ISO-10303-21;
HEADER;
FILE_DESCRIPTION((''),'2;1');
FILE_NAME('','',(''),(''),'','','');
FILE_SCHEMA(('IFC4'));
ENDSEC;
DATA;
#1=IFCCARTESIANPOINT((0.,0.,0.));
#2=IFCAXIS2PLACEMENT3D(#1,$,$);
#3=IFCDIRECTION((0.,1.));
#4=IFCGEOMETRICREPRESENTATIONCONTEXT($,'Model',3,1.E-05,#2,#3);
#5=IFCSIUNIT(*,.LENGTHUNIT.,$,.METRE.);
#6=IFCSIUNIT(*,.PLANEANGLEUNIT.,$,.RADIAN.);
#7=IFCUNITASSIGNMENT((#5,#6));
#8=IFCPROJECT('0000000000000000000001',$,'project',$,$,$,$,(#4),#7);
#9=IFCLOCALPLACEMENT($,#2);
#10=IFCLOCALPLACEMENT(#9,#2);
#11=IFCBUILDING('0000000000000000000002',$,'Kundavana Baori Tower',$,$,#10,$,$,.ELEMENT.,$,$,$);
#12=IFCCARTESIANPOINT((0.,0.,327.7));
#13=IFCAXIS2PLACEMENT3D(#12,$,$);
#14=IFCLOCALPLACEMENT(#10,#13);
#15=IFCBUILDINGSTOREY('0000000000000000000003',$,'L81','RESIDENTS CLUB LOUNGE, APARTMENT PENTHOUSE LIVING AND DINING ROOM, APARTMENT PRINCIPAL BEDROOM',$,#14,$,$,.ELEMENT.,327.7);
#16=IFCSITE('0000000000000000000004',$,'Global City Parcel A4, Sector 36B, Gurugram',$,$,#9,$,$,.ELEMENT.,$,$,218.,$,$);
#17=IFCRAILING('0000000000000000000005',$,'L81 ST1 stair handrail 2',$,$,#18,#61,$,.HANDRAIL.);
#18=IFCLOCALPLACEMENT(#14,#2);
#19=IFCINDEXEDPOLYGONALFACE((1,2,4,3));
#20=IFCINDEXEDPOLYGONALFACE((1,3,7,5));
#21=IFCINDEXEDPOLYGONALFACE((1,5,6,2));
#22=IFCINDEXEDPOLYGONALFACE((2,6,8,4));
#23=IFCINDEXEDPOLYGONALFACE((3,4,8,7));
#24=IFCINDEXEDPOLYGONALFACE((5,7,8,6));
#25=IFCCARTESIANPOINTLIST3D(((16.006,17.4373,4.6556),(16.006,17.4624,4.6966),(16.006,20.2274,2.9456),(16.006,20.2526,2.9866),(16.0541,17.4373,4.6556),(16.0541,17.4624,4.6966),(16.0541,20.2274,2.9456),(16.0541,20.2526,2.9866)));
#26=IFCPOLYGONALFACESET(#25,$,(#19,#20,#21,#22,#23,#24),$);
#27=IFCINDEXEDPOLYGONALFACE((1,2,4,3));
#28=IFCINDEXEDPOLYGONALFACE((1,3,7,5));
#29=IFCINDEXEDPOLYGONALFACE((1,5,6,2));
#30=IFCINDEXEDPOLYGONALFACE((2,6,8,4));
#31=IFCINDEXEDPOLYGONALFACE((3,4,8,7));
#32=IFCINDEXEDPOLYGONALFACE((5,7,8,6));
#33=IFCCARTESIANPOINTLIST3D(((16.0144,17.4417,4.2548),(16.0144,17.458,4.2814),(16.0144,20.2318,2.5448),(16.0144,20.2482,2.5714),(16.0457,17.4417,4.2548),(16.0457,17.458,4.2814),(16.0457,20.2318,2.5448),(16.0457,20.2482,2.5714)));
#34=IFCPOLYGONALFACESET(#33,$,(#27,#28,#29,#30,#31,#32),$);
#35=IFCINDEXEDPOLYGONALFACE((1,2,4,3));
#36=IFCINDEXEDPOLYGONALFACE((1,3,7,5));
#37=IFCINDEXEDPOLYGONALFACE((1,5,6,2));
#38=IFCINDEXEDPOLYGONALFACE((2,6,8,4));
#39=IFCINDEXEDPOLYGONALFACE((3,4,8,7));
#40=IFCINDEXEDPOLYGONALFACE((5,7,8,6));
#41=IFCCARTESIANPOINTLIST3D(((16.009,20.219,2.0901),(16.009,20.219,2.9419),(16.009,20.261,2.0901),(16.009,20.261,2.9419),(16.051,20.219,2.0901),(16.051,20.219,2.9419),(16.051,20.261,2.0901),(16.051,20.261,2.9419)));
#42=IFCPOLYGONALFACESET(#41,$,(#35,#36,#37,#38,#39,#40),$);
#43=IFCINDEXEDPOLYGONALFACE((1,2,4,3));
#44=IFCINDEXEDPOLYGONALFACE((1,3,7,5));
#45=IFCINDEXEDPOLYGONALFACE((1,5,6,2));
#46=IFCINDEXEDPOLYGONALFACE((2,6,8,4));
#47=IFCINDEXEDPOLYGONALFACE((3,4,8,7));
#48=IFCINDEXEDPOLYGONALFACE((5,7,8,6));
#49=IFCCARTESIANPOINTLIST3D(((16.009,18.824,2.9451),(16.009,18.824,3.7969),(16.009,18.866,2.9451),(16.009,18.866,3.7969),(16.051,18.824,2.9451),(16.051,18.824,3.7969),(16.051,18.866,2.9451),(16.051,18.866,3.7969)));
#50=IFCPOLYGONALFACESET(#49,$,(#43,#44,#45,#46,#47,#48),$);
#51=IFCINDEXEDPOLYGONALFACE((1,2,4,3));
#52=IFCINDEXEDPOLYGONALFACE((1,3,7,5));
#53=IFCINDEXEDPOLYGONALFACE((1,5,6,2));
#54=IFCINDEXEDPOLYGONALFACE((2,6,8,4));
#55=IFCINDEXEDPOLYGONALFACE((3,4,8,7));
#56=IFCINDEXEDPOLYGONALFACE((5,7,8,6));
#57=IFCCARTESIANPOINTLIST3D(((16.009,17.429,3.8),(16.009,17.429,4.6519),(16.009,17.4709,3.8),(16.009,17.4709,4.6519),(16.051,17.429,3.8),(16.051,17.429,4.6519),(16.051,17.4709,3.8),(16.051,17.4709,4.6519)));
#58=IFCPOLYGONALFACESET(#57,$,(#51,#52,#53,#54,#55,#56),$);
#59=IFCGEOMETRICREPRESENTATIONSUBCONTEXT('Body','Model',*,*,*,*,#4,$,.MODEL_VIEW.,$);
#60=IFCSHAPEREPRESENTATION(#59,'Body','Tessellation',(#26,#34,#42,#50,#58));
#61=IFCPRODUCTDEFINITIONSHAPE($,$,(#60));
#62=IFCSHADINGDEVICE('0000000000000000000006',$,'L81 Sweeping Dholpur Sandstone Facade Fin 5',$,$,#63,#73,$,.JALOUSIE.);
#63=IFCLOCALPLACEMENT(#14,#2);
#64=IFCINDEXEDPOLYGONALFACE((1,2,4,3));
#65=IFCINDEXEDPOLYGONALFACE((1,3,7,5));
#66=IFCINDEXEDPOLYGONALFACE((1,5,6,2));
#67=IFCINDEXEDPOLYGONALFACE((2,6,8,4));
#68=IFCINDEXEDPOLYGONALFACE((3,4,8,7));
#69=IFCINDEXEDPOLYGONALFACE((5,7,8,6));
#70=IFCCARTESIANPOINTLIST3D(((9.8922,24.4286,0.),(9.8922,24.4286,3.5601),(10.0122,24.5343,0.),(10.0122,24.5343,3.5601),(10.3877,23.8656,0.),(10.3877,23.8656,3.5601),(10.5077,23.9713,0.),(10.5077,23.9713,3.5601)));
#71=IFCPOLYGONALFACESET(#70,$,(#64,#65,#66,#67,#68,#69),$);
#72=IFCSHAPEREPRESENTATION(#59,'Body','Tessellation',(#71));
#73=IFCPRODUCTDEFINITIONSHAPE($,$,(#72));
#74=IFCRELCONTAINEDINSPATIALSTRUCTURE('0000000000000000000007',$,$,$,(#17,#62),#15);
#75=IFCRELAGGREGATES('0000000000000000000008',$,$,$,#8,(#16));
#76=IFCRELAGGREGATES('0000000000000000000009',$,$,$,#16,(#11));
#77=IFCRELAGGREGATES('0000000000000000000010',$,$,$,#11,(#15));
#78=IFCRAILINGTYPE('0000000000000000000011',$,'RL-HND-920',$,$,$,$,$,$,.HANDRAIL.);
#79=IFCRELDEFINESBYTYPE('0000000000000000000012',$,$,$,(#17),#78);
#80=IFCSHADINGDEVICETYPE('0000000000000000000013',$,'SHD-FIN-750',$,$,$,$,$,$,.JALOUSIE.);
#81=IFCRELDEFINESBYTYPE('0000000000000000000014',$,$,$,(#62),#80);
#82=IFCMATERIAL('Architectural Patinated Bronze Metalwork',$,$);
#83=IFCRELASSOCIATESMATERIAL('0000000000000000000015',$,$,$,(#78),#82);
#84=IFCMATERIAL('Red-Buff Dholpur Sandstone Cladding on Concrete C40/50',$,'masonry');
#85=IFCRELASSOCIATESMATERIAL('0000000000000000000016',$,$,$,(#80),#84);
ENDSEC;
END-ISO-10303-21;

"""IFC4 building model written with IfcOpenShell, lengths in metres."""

from ifc_helpers import new_model, si_unit, direction, frame, origin, origin_2d, place, context, subcontext, project, spatial, rectangle, extrude, material, type_object, element, save


model = new_model("IFC4")

# Units and contexts
model_context = context("Model", 3, precision=1e-05, world=origin(), true_north=direction((0.0, 1.0)))
body_context = subcontext(model_context, "Body", "Model", "MODEL_VIEW")
ifc_project = project(units=[si_unit("LENGTHUNIT", "METRE"), si_unit("PLANEANGLEUNIT", "RADIAN")], contexts=[model_context])

# Site, building, storey
site_placement = place(None, origin())
site = spatial("IfcSite", under=ifc_project, at=site_placement, Name="Global City Parcel A4, Sector 36B, Gurugram", CompositionType="ELEMENT", RefElevation=218.0)
building_placement = place(site_placement, origin())
building = spatial("IfcBuilding", under=site, at=building_placement, Name="Kundavana Baori Tower", CompositionType="ELEMENT")
storey_placement = place(building_placement, frame((0.0, 0.0, 327.7)))
storey = spatial("IfcBuildingStorey", under=building, at=storey_placement, Name="L81", Description="RESIDENTS CLUB LOUNGE, APARTMENT PENTHOUSE LIVING AND DINING ROOM, APARTMENT PRINCIPAL BEDROOM", CompositionType="ELEMENT", Elevation=327.7)

# Railing
ifc_material_1 = material(Name="Architectural Patinated Bronze Metalwork")
railing_type_1 = type_object("IfcRailingType", Name="RL-HND-920", PredefinedType="HANDRAIL", material=ifc_material_1)
railing_1_placement = place(storey_placement, frame((16.03, 20.24, 2.0901)))
element("IfcRailing", 1, at=railing_1_placement, inside=storey, type_object=railing_type_1, Name="L81 ST1 stair handrail 2", PredefinedType="HANDRAIL", context=body_context, shape_type="SweptSolid", body=[
    extrude(rectangle(XDim=0.0481, YDim=0.0481, at=origin_2d()), frame((0.0, 0.0, 0.876), z_axis=(0.0, -0.85261, 0.522548), x_axis=(1.0, 0.0, 0.0)), (0.0, 0.0, 1.0), 3.2725),
    extrude(rectangle(XDim=0.0312, YDim=0.0312, at=origin_2d()), frame((0.0, 0.0, 0.468), z_axis=(0.0, -0.85261, 0.522548), x_axis=(1.0, 0.0, 0.0)), (0.0, 0.0, 1.0), 3.2725),
    extrude(rectangle(XDim=0.042, YDim=0.042, at=origin_2d()), origin(), (0.0, 0.0, 1.0), 0.8518),
    extrude(rectangle(XDim=0.042, YDim=0.042, at=origin_2d()), frame((0.0, -1.395, 0.855)), (0.0, 0.0, 1.0), 0.8518),
    extrude(rectangle(XDim=0.042, YDim=0.042, at=origin_2d()), frame((0.0, -2.79, 1.71)), (0.0, 0.0, 1.0), 0.8518),
])

# Shading device
ifc_material_2 = material(Name="Red-Buff Dholpur Sandstone Cladding on Concrete C40/50", Category="masonry")
shading_device_type = type_object("IfcShadingDeviceType", Name="SHD-FIN-750", PredefinedType="JALOUSIE", material=ifc_material_2)
shading_device_placement = place(storey_placement, frame((10.2, 24.2, 0.0), z_axis=(0.0, 0.0, 1.0), x_axis=(0.750688, 0.660657, 0.0)))
element("IfcShadingDevice", 2, at=shading_device_placement, inside=storey, type_object=shading_device_type, Name="L81 Sweeping Dholpur Sandstone Facade Fin 5", PredefinedType="JALOUSIE", context=body_context, shape_type="SweptSolid", body=[
    extrude(rectangle(XDim=0.1599, YDim=0.75, at=origin_2d()), origin(), (0.0, 0.0, 1.0), 3.5601),
])

save(model, "model.ifc")
